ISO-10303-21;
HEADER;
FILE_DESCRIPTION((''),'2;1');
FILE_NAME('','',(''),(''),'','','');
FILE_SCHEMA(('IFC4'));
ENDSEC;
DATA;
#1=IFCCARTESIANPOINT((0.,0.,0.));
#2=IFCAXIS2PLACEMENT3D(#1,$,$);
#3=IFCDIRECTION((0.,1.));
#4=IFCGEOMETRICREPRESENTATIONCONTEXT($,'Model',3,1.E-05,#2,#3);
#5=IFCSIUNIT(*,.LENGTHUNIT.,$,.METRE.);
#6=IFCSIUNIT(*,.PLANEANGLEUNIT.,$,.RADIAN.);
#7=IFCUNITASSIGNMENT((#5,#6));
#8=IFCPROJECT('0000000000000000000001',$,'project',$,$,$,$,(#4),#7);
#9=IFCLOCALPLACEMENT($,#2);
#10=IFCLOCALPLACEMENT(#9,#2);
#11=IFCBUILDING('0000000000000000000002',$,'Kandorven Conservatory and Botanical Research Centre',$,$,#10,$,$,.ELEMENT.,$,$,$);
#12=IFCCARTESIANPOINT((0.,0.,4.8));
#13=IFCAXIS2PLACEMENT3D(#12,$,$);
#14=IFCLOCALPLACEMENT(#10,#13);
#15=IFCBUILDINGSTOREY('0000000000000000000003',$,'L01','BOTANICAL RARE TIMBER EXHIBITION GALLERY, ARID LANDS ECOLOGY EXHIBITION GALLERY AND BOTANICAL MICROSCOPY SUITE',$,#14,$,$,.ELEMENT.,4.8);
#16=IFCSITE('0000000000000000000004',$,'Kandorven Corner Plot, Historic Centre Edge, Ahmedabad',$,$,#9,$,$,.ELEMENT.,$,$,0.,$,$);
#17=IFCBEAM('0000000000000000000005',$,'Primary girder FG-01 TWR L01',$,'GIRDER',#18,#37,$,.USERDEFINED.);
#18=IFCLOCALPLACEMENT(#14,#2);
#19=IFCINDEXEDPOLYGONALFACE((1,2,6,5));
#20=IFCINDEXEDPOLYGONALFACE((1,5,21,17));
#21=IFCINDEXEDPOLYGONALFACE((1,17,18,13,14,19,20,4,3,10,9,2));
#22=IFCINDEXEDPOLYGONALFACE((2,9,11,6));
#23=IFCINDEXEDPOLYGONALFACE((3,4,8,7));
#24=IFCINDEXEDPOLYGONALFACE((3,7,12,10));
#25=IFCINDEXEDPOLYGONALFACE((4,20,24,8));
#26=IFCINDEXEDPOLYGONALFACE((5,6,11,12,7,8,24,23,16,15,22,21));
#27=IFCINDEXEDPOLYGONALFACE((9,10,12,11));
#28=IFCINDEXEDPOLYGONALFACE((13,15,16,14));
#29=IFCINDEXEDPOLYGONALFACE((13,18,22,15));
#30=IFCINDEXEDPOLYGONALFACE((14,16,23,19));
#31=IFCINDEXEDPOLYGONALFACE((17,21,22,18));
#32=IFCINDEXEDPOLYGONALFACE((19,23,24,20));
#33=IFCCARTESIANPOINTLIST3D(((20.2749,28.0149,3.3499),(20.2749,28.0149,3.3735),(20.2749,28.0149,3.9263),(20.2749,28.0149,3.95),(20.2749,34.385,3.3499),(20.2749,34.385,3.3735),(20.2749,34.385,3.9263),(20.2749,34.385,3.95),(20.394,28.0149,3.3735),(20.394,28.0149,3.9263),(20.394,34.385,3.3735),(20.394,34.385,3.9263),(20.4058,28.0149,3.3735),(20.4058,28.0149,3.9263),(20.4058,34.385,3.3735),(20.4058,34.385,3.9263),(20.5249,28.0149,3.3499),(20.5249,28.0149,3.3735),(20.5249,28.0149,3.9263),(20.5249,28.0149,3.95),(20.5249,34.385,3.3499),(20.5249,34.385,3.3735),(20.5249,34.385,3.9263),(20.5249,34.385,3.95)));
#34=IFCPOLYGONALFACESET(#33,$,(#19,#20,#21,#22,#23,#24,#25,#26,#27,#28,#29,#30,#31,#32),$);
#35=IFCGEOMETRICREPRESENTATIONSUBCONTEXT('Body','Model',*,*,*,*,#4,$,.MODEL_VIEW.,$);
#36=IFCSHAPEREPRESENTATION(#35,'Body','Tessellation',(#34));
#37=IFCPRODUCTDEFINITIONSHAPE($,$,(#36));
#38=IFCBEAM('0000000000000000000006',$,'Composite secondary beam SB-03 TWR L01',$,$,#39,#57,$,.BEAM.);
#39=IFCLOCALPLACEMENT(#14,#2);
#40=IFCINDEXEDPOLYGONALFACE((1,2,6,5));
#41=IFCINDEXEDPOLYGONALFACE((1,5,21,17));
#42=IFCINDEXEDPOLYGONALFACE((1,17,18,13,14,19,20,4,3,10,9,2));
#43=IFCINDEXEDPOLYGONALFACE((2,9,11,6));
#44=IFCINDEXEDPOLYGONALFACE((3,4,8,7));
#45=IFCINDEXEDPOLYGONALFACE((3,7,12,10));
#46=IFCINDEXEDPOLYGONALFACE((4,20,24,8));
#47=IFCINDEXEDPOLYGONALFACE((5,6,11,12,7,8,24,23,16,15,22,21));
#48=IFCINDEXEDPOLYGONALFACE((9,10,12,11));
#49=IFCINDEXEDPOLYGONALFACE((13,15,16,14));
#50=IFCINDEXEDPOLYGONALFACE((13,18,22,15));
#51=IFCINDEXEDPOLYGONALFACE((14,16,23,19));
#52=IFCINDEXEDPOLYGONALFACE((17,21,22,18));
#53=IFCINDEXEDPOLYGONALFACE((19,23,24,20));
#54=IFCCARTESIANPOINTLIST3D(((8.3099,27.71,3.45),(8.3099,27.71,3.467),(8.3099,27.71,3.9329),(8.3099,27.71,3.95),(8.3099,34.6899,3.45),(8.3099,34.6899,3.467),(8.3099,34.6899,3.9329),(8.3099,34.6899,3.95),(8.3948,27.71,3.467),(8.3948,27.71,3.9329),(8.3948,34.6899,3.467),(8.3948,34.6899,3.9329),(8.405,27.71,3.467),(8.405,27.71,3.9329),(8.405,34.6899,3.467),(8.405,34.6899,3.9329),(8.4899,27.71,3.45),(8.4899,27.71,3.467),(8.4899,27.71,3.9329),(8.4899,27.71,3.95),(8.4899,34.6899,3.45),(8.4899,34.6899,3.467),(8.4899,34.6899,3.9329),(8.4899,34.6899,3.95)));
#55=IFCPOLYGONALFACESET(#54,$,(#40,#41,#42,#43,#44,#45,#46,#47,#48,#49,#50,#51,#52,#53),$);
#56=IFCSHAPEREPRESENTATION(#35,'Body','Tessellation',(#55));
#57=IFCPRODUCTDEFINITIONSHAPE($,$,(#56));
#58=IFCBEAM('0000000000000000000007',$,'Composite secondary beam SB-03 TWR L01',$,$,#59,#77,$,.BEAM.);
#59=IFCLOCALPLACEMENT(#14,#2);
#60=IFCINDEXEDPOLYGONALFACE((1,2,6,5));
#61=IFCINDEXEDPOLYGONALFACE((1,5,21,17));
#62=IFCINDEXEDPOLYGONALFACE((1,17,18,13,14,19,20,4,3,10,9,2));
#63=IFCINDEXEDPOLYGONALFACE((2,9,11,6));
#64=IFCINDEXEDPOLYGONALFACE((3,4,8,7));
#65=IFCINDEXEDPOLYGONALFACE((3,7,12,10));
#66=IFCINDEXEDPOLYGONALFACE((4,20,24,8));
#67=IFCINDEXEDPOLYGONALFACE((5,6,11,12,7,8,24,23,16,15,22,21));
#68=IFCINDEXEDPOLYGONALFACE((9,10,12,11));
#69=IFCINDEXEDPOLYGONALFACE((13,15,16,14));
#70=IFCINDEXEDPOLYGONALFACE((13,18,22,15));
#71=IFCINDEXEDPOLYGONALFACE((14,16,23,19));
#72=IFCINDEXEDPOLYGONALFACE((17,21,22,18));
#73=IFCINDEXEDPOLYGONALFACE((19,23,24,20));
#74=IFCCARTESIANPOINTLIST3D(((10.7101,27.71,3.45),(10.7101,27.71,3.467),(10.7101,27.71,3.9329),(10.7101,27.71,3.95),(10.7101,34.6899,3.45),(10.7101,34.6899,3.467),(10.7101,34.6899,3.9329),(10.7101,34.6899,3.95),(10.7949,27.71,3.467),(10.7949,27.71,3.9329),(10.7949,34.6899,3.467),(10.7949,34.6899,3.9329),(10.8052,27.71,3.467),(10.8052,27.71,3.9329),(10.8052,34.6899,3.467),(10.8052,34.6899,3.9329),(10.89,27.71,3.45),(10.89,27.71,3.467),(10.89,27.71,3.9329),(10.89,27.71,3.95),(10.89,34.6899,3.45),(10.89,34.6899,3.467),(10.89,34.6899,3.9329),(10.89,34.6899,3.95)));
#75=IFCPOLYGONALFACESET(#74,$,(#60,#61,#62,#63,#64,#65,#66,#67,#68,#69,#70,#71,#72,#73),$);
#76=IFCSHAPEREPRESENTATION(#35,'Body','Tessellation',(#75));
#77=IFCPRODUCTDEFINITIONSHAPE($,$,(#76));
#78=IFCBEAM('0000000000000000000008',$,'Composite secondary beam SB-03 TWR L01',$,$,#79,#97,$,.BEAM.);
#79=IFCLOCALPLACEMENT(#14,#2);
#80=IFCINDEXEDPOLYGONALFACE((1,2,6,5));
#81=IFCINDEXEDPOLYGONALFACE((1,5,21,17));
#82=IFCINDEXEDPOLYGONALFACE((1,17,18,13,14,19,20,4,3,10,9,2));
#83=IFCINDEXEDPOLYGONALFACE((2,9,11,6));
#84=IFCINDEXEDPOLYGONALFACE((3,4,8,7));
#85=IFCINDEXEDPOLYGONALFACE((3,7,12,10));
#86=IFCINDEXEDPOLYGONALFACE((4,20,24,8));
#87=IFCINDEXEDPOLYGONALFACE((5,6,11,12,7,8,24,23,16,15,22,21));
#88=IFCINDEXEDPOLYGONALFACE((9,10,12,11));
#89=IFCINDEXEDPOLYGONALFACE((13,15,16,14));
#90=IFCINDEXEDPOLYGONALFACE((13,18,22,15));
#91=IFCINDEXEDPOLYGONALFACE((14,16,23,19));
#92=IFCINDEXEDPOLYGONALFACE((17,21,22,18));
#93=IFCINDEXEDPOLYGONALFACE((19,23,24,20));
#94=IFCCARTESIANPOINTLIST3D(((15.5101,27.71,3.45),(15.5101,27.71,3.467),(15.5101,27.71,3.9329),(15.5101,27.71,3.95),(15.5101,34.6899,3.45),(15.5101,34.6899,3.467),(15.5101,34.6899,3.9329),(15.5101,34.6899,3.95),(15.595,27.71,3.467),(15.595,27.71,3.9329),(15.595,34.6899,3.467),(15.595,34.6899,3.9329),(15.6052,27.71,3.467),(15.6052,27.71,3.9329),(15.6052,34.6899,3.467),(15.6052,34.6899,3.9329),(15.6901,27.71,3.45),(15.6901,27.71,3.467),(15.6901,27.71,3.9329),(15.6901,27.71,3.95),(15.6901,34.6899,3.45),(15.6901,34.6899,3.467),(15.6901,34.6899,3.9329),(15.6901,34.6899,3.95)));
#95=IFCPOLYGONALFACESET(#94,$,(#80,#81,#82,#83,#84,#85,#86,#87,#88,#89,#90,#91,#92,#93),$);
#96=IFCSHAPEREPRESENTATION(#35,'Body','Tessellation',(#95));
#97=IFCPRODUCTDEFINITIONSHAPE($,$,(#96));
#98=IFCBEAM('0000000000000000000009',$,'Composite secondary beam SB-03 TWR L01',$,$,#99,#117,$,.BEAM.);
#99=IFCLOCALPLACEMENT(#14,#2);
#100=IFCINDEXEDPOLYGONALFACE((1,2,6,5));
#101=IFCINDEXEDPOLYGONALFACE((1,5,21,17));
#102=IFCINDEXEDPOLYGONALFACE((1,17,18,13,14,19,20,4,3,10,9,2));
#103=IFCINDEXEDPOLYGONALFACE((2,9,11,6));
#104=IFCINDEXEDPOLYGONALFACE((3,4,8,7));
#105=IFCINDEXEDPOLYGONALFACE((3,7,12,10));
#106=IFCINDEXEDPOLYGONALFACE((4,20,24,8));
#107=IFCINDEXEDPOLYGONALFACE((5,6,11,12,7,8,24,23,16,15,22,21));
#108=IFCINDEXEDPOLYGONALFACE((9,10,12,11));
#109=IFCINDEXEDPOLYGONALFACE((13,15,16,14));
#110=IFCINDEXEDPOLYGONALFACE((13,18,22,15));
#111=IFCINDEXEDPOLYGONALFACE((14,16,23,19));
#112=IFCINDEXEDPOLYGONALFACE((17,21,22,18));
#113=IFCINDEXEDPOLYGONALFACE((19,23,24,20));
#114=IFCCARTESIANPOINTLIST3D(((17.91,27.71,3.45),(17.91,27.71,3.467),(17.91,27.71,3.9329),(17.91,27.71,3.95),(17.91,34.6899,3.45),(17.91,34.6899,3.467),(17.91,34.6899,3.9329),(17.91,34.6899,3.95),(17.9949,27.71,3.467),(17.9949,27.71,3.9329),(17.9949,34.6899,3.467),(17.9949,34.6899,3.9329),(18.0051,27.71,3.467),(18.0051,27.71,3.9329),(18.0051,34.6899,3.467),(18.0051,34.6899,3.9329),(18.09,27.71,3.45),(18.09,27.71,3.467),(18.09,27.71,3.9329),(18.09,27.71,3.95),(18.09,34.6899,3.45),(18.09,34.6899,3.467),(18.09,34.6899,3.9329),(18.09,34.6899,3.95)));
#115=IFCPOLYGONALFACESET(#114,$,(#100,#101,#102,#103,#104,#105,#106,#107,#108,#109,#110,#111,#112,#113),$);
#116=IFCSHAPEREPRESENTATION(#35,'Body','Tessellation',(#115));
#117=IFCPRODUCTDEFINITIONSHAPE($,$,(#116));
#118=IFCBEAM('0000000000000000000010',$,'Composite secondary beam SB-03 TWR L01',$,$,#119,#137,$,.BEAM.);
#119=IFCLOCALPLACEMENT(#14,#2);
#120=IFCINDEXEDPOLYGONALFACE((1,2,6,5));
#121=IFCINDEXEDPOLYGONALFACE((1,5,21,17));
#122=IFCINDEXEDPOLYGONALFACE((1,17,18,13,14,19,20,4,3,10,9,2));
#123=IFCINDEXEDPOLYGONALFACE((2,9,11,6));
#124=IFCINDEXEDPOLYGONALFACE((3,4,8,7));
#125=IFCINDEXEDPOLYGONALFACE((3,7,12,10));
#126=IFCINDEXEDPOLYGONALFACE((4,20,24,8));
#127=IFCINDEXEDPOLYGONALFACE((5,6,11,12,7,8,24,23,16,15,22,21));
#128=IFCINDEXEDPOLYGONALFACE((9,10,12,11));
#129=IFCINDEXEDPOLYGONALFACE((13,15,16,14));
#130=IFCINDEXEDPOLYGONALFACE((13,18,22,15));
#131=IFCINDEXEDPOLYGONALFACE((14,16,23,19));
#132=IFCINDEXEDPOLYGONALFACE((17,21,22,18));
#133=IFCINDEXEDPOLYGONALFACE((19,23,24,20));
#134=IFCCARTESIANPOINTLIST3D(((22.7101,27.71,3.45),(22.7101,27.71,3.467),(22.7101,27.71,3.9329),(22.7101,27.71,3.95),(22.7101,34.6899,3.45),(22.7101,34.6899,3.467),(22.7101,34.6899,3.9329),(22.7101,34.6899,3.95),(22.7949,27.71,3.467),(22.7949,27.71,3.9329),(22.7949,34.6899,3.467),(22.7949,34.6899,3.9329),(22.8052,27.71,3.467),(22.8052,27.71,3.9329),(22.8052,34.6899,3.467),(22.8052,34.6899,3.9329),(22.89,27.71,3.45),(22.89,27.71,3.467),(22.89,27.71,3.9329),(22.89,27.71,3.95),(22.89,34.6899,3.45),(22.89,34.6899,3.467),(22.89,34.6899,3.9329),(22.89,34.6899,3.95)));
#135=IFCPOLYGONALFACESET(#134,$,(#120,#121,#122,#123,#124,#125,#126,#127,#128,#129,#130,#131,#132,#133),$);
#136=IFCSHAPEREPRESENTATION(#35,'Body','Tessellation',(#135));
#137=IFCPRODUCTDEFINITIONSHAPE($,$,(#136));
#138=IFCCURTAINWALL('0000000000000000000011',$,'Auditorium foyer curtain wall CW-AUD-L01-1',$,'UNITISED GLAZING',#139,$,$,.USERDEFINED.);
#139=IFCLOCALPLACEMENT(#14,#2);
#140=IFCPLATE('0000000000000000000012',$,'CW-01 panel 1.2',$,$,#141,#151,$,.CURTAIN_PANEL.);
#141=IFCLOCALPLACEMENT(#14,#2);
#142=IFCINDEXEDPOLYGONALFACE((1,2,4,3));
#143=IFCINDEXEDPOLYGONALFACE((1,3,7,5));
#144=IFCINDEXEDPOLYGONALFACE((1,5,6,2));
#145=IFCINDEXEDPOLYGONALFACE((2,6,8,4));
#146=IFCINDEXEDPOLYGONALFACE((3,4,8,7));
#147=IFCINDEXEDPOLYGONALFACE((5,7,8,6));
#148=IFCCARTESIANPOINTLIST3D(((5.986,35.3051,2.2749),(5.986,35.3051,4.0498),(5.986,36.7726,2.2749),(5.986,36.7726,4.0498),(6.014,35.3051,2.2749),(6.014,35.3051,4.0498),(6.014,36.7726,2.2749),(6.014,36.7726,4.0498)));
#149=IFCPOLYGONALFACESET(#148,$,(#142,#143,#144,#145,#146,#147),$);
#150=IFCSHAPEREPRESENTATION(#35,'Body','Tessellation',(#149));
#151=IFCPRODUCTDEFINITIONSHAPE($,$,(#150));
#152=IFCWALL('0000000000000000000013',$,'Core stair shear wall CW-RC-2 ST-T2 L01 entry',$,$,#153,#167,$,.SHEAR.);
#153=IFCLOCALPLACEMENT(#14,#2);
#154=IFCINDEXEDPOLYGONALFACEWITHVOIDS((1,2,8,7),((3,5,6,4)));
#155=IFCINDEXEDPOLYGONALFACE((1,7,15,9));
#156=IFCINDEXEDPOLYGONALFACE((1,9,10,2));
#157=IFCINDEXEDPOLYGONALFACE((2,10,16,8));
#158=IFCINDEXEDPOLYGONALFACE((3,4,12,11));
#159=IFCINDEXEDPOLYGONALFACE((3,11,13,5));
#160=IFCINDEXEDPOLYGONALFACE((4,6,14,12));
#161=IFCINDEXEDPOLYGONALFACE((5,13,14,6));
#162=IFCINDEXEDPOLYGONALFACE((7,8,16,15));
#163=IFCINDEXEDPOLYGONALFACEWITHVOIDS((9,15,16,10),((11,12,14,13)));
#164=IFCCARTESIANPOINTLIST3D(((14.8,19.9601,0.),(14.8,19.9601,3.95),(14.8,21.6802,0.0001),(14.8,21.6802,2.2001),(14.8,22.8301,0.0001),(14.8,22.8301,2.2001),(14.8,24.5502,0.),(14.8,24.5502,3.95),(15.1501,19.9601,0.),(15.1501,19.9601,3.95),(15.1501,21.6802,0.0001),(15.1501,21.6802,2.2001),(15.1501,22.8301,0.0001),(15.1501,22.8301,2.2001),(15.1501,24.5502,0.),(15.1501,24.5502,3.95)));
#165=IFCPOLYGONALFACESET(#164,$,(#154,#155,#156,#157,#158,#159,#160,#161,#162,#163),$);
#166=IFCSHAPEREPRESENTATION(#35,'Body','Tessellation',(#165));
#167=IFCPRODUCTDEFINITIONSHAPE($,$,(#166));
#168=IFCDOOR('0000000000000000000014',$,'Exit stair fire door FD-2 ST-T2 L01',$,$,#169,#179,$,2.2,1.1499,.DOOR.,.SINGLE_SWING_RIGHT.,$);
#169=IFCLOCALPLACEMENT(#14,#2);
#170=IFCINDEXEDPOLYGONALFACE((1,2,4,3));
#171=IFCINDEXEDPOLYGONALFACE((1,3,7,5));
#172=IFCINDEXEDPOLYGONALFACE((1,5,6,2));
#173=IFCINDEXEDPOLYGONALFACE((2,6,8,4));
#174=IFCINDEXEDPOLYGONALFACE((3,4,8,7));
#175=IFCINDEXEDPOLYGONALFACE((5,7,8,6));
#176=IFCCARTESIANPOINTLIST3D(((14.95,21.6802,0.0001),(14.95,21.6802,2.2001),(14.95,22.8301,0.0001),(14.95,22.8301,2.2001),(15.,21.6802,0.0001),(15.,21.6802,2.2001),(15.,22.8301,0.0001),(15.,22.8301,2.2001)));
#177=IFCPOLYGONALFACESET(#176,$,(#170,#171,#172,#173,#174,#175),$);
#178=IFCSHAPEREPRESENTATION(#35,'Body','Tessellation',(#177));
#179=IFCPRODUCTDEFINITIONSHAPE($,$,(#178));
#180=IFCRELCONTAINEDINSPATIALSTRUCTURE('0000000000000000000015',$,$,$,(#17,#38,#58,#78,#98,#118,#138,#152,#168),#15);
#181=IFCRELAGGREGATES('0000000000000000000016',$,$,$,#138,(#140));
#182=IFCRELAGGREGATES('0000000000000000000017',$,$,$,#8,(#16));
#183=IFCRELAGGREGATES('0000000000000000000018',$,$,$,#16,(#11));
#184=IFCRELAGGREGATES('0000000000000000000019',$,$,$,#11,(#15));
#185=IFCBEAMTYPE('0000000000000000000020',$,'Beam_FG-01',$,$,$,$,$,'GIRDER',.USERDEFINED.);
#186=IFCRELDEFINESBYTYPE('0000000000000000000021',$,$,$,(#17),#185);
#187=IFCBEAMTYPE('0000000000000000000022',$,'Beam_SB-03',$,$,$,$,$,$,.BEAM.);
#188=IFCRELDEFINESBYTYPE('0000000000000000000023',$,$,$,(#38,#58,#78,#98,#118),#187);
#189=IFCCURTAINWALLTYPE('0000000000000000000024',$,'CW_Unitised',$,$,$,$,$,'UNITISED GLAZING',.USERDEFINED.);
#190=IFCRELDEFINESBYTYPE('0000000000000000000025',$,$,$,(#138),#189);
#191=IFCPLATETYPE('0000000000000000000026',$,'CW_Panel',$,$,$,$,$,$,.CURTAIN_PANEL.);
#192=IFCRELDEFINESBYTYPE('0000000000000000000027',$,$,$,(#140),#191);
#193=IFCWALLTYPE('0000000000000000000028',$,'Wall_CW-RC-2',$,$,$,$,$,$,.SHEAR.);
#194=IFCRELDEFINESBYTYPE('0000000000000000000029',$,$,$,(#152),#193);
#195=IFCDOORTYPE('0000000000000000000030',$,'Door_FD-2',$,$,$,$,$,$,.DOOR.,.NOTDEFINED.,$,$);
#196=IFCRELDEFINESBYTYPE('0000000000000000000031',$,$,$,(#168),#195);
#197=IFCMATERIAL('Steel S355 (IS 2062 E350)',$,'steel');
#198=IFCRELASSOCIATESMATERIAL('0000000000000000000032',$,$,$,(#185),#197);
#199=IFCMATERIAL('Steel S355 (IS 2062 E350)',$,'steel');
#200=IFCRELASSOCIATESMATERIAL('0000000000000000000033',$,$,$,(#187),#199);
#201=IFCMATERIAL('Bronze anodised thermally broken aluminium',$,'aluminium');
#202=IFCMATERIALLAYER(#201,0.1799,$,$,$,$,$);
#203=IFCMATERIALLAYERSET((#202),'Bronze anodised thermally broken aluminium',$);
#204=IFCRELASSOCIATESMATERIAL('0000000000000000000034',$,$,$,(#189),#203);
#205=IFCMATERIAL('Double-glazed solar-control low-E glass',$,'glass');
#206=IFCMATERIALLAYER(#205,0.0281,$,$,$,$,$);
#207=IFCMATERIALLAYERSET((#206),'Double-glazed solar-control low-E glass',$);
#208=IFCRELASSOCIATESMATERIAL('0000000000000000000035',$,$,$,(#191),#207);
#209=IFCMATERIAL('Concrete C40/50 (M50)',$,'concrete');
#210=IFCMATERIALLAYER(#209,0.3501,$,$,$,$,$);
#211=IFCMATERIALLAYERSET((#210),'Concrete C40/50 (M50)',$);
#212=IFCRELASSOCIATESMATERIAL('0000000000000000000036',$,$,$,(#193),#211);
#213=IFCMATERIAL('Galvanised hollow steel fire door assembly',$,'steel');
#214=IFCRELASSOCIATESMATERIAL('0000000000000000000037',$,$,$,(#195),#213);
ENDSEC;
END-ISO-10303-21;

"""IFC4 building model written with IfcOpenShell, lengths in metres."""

from ifc_helpers import new_model, si_unit, direction, frame, frame_2d, origin, origin_2d, place, context, subcontext, project, spatial, rectangle, i_section, extrude, material, layer, layer_set, material_profile, profile_set, type_object, element, fill, aggregate, save


model = new_model("IFC4")

# Units and contexts
model_context = context("Model", 3, precision=1e-05, world=origin(), true_north=direction((0.0, 1.0)))
body_context = subcontext(model_context, "Body", "Model", "MODEL_VIEW")
ifc_project = project(units=[si_unit("LENGTHUNIT", "METRE"), si_unit("PLANEANGLEUNIT", "RADIAN")], contexts=[model_context])

# Site, building, storey
site_placement = place(None, origin())
site = spatial("IfcSite", under=ifc_project, at=site_placement, Name="Kandorven Corner Plot, Historic Centre Edge, Ahmedabad", CompositionType="ELEMENT", RefElevation=0.0)
building_placement = place(site_placement, origin())
building = spatial("IfcBuilding", under=site, at=building_placement, Name="Kandorven Conservatory and Botanical Research Centre", CompositionType="ELEMENT")
storey_placement = place(building_placement, frame((0.0, 0.0, 4.8)))
storey = spatial("IfcBuildingStorey", under=building, at=storey_placement, Name="L01", Description="BOTANICAL RARE TIMBER EXHIBITION GALLERY, ARID LANDS ECOLOGY EXHIBITION GALLERY AND BOTANICAL MICROSCOPY SUITE", CompositionType="ELEMENT", Elevation=4.8)

# Beams
ifc_material_1 = material(Name="Steel S355 (IS 2062 E350)", Category="steel")
ifc_material_profile_1 = material_profile(ifc_material_1, i_section(OverallWidth=0.25, OverallDepth=0.6001, WebThickness=0.0117, FlangeThickness=0.0237, at=origin_2d()))
ifc_profile_set_1 = profile_set([ifc_material_profile_1], Name="Steel S355 (IS 2062 E350)")
beam_type_1 = type_object("IfcBeamType", Name="Beam_FG-01", ElementType="GIRDER", PredefinedType="USERDEFINED", material=ifc_profile_set_1)
for number, where, z_axis, x_axis, name in (
    (1, (20.3999, 28.0149, 3.6499), (0.0, 1.0, 0.0), (-1.0, 0.0, 0.0), "Primary girder FG-01 TWR L01"),
):
    element("IfcBeam", number, at=place(storey_placement, frame(where, z_axis=z_axis, x_axis=x_axis)), inside=storey, type_object=beam_type_1, Name=name, ObjectType="GIRDER", PredefinedType="USERDEFINED", context=body_context, shape_type="SweptSolid", body=[
        extrude(i_section(OverallWidth=0.25, OverallDepth=0.6001, WebThickness=0.0117, FlangeThickness=0.0237, at=origin_2d()), origin(), (0.0, 0.0, 1.0), 6.3701),
    ])
ifc_material_2 = material(Name="Steel S355 (IS 2062 E350)", Category="steel")
ifc_material_profile_2 = material_profile(ifc_material_2, i_section(OverallWidth=0.1799, OverallDepth=0.5, WebThickness=0.0103, FlangeThickness=0.0171, at=origin_2d()))
ifc_profile_set_2 = profile_set([ifc_material_profile_2], Name="Steel S355 (IS 2062 E350)")
beam_type_2 = type_object("IfcBeamType", Name="Beam_SB-03", PredefinedType="BEAM", material=ifc_profile_set_2)
for number, where, z_axis, x_axis, name in (
    (2, (8.3999, 27.71, 3.7), (0.0, 1.0, 0.0), (-1.0, 0.0, 0.0), "Composite secondary beam SB-03 TWR L01"),
    (3, (10.8, 27.71, 3.7), (0.0, 1.0, 0.0), (-1.0, 0.0, 0.0), "Composite secondary beam SB-03 TWR L01"),
    (4, (15.6001, 27.71, 3.7), (0.0, 1.0, 0.0), (-1.0, 0.0, 0.0), "Composite secondary beam SB-03 TWR L01"),
    (5, (18.0, 27.71, 3.7), (0.0, 1.0, 0.0), (-1.0, 0.0, 0.0), "Composite secondary beam SB-03 TWR L01"),
    (6, (22.8, 27.71, 3.7), (0.0, 1.0, 0.0), (-1.0, 0.0, 0.0), "Composite secondary beam SB-03 TWR L01"),
):
    element("IfcBeam", number, at=place(storey_placement, frame(where, z_axis=z_axis, x_axis=x_axis)), inside=storey, type_object=beam_type_2, Name=name, PredefinedType="BEAM", context=body_context, shape_type="SweptSolid", body=[
        extrude(i_section(OverallWidth=0.1799, OverallDepth=0.5, WebThickness=0.0103, FlangeThickness=0.0171, at=origin_2d()), origin(), (0.0, 0.0, 1.0), 6.98),
    ])

# Curtain wall, plate
ifc_material_3 = material(Name="Bronze anodised thermally broken aluminium", Category="aluminium")
ifc_layer_1 = layer(ifc_material_3, 0.1799)
ifc_layer_set_1 = layer_set([ifc_layer_1], Name="Bronze anodised thermally broken aluminium")
curtain_wall_type = type_object("IfcCurtainWallType", Name="CW_Unitised", ElementType="UNITISED GLAZING", PredefinedType="USERDEFINED", material=ifc_layer_set_1)
curtain_wall_placement = place(storey_placement, origin())
curtain_wall = element("IfcCurtainWall", 7, at=curtain_wall_placement, inside=storey, type_object=curtain_wall_type, Name="Auditorium foyer curtain wall CW-AUD-L01-1", ObjectType="UNITISED GLAZING", PredefinedType="USERDEFINED")
ifc_material_4 = material(Name="Double-glazed solar-control low-E glass", Category="glass")
ifc_layer_2 = layer(ifc_material_4, 0.0281)
ifc_layer_set_2 = layer_set([ifc_layer_2], Name="Double-glazed solar-control low-E glass")
plate_type = type_object("IfcPlateType", Name="CW_Panel", PredefinedType="CURTAIN_PANEL", material=ifc_layer_set_2)
plate_placement = place(storey_placement, frame((6.0, 36.0388, 2.2749), z_axis=(0.0, 0.0, 1.0), x_axis=(0.0, 1.0, 0.0)))
plate = element("IfcPlate", 8, at=plate_placement, type_object=plate_type, Name="CW-01 panel 1.2", PredefinedType="CURTAIN_PANEL", context=body_context, shape_type="SweptSolid", body=[
    extrude(rectangle(XDim=1.4675, YDim=0.0281, at=origin_2d()), origin(), (0.0, 0.0, 1.0), 1.7749),
])
aggregate(curtain_wall, [plate])

# Wall, opening, door
ifc_material_5 = material(Name="Concrete C40/50 (M50)", Category="concrete")
ifc_layer_3 = layer(ifc_material_5, 0.3501)
ifc_layer_set_3 = layer_set([ifc_layer_3], Name="Concrete C40/50 (M50)")
wall_type_1 = type_object("IfcWallType", Name="Wall_CW-RC-2", PredefinedType="SHEAR", material=ifc_layer_set_3)
wall_1_placement = place(storey_placement, frame((14.9751, 24.55, 0.0), z_axis=(0.0, 0.0, 1.0), x_axis=(0.0, -1.0, 0.0)))
wall_1 = element("IfcWall", 9, at=wall_1_placement, inside=storey, type_object=wall_type_1, Name="Core stair shear wall CW-RC-2 ST-T2 L01 entry", PredefinedType="SHEAR", context=body_context, shape_type="SweptSolid", body=[
    extrude(rectangle(XDim=4.5901, YDim=0.3501, at=frame_2d((2.2949, 0.0))), origin(), (0.0, 0.0, 1.0), 3.95),
])
opening_1_placement = place(wall_1_placement, frame((1.72, 0.0, 0.0)))
opening_1 = element("IfcOpeningElement", 10, at=opening_1_placement, cuts=wall_1, PredefinedType="OPENING", context=body_context, shape_type="SweptSolid", body=[
    extrude(rectangle(XDim=1.1499, YDim=2.2, at=frame_2d((0.575, 1.1001))), frame((0.0, 0.1851, 0.0), z_axis=(0.0, -1.0, 0.0), x_axis=(1.0, 0.0, 0.0)), (0.0, 0.0, 1.0), 0.3701),
])
ifc_material_6 = material(Name="Galvanised hollow steel fire door assembly", Category="steel")
door_type_1 = type_object("IfcDoorType", Name="Door_FD-2", OperationType="NOTDEFINED", PredefinedType="DOOR", material=ifc_material_6)
door_1_placement = place(opening_1_placement, origin())
door_1 = element("IfcDoor", 11, at=door_1_placement, inside=storey, type_object=door_type_1, Name="Exit stair fire door FD-2 ST-T2 L01", OperationType="SINGLE_SWING_RIGHT", OverallHeight=2.2, OverallWidth=1.1499, PredefinedType="DOOR", context=body_context, shape_type="SweptSolid", body=[
    extrude(rectangle(XDim=1.1499, YDim=2.2, at=frame_2d((0.575, 1.1001))), frame((0.0, 0.0249, 0.0), z_axis=(0.0, -1.0, 0.0), x_axis=(1.0, 0.0, 0.0)), (0.0, 0.0, 1.0), 0.05),
])
fill(opening_1, door_1)

save(model, "model.ifc")
